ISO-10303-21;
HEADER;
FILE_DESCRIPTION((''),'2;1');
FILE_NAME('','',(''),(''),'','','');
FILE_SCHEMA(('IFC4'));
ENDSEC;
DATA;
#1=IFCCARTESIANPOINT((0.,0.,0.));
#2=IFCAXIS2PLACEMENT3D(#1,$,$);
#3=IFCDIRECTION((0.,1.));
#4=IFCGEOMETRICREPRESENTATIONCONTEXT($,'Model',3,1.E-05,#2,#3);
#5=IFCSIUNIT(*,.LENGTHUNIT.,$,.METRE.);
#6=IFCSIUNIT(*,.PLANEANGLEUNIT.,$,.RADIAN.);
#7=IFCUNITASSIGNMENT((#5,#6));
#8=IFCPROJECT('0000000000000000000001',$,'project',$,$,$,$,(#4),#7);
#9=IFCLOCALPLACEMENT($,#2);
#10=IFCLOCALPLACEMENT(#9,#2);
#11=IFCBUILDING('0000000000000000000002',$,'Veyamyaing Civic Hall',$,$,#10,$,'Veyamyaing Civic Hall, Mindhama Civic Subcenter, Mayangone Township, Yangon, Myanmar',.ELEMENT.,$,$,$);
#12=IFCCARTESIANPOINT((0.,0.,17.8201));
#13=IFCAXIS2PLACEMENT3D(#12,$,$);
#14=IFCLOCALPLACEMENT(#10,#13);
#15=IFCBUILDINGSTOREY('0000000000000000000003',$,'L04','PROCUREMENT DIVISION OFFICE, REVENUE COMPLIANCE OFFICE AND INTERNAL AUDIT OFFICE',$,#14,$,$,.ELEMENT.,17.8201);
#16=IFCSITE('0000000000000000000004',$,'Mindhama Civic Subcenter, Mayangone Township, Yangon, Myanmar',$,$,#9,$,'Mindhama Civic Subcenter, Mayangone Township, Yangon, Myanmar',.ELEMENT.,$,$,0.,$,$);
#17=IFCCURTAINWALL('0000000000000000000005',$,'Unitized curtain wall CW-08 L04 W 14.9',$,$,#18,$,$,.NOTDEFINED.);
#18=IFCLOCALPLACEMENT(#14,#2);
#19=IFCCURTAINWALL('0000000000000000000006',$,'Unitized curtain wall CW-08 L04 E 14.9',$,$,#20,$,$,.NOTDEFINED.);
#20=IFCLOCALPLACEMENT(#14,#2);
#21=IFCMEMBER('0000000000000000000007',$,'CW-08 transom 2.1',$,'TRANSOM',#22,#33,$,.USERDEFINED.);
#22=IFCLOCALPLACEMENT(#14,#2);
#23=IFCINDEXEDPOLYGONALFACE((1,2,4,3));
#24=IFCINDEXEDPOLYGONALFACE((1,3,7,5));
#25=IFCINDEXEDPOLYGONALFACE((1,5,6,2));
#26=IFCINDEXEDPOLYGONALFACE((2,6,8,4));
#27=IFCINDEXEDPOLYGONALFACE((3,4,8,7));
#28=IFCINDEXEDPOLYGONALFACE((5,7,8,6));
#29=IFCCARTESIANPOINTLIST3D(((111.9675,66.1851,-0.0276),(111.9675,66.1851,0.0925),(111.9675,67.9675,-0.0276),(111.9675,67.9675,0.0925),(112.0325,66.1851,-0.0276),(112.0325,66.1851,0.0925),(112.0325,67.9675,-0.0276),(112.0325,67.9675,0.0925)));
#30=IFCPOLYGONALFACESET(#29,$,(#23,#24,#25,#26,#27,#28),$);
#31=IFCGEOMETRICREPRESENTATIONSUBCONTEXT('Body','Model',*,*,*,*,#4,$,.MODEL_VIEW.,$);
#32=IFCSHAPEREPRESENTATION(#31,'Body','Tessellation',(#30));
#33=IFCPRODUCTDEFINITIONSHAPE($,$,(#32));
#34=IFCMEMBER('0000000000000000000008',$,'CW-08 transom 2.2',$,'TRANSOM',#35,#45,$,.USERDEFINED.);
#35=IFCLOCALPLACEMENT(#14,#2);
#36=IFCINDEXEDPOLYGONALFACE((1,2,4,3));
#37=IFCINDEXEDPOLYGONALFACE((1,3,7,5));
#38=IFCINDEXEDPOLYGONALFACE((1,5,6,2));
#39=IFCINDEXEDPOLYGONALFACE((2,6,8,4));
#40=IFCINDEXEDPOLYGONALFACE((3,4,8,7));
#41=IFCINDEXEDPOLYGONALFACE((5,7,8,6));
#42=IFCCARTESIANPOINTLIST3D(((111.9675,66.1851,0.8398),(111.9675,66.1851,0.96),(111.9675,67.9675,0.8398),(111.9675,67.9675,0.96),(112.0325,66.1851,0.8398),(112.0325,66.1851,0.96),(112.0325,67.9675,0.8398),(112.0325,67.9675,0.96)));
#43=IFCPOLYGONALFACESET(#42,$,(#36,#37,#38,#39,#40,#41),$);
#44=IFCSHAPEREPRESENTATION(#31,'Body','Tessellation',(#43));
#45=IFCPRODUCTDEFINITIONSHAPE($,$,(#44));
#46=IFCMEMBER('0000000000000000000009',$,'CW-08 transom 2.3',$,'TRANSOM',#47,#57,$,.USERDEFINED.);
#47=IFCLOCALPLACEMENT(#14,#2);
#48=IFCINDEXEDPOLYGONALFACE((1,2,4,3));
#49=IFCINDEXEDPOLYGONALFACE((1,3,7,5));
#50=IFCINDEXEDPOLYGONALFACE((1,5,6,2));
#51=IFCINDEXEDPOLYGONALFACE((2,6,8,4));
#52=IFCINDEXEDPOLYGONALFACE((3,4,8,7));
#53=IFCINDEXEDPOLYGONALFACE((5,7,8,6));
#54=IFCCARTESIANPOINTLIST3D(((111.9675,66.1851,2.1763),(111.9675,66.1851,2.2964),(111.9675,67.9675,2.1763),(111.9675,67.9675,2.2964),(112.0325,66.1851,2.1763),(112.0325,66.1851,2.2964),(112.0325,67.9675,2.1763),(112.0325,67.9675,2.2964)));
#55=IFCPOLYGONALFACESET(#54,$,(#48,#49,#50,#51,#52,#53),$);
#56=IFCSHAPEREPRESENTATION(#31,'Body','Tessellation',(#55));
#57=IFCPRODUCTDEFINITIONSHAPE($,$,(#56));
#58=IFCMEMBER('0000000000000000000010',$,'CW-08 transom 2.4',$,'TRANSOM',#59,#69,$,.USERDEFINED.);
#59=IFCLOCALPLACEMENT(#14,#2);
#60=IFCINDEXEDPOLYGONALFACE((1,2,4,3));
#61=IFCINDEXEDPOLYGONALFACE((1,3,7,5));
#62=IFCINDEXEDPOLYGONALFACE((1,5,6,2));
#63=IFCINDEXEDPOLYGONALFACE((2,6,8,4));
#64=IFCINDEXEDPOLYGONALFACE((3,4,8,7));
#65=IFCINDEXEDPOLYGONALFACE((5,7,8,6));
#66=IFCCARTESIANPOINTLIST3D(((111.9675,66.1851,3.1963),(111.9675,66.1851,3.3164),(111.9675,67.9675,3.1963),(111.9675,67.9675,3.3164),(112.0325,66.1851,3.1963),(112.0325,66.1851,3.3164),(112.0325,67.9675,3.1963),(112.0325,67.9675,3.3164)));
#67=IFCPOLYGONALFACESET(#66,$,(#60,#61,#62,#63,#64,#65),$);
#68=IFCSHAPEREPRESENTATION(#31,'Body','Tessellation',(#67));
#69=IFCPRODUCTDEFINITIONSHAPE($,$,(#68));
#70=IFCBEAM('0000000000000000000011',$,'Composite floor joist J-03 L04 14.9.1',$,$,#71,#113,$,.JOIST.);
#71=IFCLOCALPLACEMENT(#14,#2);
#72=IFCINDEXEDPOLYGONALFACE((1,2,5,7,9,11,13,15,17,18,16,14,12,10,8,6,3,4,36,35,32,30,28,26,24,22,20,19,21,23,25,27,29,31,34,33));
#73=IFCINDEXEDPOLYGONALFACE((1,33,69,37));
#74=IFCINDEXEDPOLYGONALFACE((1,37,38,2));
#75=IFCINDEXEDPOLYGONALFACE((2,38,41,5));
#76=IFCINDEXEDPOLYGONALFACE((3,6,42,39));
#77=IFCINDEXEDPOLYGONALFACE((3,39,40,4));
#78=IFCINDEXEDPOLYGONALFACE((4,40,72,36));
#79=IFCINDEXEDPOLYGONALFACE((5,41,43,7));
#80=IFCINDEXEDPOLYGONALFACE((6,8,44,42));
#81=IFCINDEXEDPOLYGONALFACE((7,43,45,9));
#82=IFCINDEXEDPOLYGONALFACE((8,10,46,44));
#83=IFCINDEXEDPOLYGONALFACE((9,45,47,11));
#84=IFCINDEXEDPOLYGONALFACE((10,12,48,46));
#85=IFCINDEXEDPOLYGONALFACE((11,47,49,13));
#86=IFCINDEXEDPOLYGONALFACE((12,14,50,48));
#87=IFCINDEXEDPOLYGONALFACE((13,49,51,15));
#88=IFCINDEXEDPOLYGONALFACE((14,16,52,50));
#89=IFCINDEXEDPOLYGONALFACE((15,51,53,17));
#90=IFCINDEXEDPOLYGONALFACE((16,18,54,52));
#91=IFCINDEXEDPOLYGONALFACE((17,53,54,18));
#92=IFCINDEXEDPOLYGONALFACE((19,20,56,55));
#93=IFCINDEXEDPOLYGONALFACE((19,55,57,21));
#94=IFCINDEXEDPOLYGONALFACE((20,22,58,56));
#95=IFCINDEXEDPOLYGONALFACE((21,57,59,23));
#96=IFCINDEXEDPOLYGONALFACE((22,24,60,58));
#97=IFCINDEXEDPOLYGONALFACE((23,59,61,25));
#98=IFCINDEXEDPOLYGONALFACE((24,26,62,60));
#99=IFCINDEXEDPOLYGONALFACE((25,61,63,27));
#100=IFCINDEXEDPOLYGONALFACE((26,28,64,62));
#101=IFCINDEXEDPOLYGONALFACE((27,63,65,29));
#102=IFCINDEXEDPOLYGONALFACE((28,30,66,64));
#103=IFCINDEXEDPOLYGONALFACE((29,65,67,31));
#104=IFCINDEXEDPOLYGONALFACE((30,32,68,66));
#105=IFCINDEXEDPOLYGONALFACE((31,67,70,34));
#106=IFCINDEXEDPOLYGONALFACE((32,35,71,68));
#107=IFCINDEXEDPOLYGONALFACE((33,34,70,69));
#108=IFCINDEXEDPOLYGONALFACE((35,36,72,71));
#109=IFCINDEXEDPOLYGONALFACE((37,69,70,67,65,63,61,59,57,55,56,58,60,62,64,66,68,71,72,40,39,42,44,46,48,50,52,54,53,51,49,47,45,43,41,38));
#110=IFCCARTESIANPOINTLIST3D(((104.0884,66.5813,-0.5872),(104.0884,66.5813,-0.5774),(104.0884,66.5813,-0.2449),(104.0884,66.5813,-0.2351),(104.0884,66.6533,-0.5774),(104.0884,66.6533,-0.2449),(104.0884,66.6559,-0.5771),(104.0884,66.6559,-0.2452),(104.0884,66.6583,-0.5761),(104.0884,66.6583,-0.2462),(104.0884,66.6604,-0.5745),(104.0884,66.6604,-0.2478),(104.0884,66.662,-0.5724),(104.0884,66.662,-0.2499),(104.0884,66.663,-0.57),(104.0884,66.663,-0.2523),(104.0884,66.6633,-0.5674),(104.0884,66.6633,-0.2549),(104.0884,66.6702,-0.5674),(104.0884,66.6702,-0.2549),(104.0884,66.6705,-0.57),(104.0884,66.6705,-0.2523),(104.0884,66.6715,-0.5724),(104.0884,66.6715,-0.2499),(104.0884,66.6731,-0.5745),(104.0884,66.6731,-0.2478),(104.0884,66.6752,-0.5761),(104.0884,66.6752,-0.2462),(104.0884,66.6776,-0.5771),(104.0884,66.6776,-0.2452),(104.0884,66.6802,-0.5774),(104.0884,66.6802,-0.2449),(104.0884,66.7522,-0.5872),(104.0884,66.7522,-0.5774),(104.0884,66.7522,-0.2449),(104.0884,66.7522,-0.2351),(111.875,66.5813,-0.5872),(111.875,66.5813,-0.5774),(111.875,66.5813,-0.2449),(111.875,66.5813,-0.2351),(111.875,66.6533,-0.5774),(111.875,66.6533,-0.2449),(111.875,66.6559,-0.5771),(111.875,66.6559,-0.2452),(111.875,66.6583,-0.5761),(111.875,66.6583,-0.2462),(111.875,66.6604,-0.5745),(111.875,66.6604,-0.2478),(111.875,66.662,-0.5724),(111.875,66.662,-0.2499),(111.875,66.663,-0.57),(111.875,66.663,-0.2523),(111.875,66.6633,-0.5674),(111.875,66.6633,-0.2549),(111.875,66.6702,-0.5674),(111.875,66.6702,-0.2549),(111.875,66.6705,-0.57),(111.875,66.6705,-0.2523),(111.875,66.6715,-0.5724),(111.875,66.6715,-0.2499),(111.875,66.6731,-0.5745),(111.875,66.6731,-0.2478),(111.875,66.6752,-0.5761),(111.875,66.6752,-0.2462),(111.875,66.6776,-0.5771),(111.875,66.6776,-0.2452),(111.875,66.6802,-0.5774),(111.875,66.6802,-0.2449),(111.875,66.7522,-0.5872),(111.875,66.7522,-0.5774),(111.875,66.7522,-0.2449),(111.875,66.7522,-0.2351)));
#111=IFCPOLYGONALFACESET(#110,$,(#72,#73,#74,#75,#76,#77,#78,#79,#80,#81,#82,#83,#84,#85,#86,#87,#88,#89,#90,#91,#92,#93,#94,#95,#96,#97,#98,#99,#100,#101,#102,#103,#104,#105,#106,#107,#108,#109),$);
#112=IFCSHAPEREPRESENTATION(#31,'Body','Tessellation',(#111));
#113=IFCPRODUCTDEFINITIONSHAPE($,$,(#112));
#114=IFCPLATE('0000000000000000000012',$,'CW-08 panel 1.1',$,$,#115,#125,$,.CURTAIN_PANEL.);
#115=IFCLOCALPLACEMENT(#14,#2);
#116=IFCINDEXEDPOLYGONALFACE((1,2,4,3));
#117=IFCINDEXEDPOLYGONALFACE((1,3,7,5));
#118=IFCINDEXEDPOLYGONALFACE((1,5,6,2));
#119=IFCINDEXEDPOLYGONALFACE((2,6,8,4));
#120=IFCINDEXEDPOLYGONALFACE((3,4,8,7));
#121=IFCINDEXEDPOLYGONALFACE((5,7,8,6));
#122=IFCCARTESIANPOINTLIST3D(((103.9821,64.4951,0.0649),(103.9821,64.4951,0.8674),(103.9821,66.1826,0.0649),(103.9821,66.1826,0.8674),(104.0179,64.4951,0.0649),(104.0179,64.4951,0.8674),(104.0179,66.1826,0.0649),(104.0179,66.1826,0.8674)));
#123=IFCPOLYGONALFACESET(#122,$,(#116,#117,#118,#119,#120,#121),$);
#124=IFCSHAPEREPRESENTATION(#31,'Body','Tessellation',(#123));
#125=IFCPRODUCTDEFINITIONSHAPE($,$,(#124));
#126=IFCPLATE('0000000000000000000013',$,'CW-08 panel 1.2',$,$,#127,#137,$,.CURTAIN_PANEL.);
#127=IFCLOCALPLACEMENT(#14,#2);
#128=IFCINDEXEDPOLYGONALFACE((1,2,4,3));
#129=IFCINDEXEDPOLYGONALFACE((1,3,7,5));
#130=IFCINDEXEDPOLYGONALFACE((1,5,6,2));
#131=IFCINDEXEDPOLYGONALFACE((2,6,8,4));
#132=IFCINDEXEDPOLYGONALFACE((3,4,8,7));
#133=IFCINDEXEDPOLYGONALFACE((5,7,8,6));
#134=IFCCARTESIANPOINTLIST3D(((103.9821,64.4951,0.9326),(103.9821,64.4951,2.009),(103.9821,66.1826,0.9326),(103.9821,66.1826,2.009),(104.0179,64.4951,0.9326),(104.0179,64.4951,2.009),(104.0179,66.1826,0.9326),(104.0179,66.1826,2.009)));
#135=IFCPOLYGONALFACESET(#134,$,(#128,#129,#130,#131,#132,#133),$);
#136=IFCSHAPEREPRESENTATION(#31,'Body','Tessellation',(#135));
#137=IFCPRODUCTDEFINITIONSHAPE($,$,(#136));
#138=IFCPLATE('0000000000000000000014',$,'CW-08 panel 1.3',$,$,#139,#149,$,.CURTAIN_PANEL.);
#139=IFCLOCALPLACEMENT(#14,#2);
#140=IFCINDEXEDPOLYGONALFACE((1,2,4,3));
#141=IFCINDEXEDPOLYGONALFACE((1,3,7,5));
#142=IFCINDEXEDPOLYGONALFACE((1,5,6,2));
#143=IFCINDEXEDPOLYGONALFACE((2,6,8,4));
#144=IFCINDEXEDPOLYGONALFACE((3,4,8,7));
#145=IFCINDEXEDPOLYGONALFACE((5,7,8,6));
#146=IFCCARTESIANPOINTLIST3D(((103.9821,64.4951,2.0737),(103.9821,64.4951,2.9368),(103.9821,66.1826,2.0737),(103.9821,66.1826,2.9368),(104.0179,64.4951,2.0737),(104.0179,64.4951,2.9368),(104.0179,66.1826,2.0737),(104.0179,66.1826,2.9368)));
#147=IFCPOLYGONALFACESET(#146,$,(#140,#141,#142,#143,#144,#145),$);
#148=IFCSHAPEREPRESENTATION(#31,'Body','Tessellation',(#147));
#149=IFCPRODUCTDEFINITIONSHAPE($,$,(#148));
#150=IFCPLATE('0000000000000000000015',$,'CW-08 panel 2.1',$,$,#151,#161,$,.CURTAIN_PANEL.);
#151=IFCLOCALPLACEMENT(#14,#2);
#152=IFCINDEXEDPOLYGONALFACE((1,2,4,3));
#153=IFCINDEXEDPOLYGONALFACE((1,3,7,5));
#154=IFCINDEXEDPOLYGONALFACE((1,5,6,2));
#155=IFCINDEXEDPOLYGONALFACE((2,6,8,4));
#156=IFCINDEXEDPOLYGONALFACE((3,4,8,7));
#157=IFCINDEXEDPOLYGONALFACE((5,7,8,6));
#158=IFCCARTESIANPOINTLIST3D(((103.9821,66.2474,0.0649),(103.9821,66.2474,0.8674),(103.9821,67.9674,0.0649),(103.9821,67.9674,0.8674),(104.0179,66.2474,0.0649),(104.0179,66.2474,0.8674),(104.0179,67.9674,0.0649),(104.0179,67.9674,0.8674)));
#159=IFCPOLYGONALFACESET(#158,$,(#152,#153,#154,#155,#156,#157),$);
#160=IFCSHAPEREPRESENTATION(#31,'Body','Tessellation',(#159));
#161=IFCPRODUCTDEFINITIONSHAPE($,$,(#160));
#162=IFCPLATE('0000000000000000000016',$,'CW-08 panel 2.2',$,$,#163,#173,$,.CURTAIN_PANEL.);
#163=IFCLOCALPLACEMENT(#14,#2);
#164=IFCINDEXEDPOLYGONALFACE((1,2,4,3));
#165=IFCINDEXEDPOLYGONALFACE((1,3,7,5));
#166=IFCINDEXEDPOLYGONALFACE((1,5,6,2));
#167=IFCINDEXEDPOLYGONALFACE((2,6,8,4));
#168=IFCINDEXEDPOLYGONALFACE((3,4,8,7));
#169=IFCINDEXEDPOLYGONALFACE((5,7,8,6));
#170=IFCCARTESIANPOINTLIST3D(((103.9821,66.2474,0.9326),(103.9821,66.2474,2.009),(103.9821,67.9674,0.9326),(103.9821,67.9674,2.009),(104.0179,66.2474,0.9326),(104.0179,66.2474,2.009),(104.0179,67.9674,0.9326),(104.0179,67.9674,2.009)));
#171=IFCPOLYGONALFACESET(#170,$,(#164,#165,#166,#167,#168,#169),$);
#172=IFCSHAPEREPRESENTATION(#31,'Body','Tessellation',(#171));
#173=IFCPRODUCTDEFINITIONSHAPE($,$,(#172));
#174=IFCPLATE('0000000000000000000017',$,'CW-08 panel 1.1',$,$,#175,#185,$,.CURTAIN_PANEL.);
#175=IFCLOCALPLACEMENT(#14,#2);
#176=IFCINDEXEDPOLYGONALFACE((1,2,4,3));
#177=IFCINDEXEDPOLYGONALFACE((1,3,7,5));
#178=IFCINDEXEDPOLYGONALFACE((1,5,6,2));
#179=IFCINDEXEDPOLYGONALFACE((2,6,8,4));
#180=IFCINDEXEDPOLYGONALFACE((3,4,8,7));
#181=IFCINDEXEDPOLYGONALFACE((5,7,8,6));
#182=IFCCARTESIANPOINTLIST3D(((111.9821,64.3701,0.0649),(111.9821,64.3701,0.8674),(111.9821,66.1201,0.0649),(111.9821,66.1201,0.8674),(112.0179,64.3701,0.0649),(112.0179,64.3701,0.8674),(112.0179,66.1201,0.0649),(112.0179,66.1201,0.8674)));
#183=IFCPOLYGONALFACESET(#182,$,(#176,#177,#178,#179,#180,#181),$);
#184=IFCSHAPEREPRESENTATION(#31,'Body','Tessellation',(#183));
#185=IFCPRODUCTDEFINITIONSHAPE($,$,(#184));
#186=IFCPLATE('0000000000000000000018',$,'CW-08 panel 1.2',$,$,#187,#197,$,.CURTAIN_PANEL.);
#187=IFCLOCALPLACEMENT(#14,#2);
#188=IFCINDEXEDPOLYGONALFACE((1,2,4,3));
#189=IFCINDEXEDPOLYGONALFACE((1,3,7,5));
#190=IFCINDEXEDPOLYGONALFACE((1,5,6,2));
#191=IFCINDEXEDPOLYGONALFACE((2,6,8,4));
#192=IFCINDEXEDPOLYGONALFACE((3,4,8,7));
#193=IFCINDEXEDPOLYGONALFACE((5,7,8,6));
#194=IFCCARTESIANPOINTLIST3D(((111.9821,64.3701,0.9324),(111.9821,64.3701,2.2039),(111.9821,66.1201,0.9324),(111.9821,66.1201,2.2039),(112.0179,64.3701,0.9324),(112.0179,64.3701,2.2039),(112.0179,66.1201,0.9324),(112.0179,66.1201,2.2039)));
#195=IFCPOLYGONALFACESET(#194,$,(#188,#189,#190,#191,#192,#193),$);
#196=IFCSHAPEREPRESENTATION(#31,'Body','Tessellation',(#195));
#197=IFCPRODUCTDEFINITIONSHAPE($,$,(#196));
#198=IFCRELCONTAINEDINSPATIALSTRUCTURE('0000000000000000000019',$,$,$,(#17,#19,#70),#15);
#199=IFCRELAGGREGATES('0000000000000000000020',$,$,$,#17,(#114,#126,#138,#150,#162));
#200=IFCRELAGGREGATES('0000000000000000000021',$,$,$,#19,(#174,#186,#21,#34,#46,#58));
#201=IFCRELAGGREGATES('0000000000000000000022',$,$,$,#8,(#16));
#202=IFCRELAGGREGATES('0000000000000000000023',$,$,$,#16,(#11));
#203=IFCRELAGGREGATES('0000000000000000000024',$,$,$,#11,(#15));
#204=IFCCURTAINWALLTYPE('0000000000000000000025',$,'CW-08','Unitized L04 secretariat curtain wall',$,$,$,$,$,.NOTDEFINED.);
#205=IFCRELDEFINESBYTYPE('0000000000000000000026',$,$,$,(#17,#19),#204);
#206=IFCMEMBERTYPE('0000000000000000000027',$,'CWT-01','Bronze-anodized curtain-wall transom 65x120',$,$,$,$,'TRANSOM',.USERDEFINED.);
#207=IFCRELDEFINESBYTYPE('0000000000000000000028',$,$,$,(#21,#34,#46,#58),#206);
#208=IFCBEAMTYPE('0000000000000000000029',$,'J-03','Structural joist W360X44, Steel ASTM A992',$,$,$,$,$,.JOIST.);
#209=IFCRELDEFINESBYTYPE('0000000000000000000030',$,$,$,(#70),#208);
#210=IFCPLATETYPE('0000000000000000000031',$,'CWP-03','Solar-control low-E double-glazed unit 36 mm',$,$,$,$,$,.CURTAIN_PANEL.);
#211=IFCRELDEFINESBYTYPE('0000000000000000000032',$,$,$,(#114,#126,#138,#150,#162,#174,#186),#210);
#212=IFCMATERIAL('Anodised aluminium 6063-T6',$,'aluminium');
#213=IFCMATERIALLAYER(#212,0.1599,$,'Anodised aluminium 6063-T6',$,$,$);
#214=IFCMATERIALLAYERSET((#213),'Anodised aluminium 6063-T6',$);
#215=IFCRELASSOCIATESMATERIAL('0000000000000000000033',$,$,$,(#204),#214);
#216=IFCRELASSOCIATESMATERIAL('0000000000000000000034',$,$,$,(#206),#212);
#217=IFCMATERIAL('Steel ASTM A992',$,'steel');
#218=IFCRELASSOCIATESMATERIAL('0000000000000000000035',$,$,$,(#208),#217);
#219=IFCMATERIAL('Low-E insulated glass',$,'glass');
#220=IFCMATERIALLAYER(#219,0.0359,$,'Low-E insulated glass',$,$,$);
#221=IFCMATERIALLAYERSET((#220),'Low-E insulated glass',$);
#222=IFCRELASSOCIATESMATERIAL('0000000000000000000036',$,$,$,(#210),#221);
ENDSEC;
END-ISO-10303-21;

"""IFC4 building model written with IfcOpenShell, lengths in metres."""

from ifc_helpers import new_model, si_unit, direction, frame, origin, origin_2d, place, context, subcontext, project, spatial, rectangle, i_section, extrude, material, layer, layer_set, material_profile, profile_set, type_object, element, aggregate, save


model = new_model("IFC4")

# Units and contexts
model_context = context("Model", 3, precision=1e-05, world=origin(), true_north=direction((0.0, 1.0)))
body_context = subcontext(model_context, "Body", "Model", "MODEL_VIEW")
ifc_project = project(units=[si_unit("LENGTHUNIT", "METRE"), si_unit("PLANEANGLEUNIT", "RADIAN")], contexts=[model_context])

# Site, building, storey
site_placement = place(None, origin())
site = spatial("IfcSite", under=ifc_project, at=site_placement, Name="Mindhama Civic Subcenter, Mayangone Township, Yangon, Myanmar", LongName="Mindhama Civic Subcenter, Mayangone Township, Yangon, Myanmar", CompositionType="ELEMENT", RefElevation=0.0)
building_placement = place(site_placement, origin())
building = spatial("IfcBuilding", under=site, at=building_placement, Name="Veyamyaing Civic Hall", LongName="Veyamyaing Civic Hall, Mindhama Civic Subcenter, Mayangone Township, Yangon, Myanmar", CompositionType="ELEMENT")
storey_placement = place(building_placement, frame((0.0, 0.0, 17.8201)))
storey = spatial("IfcBuildingStorey", under=building, at=storey_placement, Name="L04", Description="PROCUREMENT DIVISION OFFICE, REVENUE COMPLIANCE OFFICE AND INTERNAL AUDIT OFFICE", CompositionType="ELEMENT", Elevation=17.8201)

# Shared definitions
ifc_material_1 = material(Name="Steel ASTM A992", Category="steel")

# Curtain wall
ifc_material_2 = material(Name="Anodised aluminium 6063-T6", Category="aluminium")
ifc_layer_1 = layer(ifc_material_2, 0.1599, Name="Anodised aluminium 6063-T6")
ifc_layer_set_1 = layer_set([ifc_layer_1], Name="Anodised aluminium 6063-T6")
curtain_wall_type = type_object("IfcCurtainWallType", Name="CW-08", Description="Unitized L04 secretariat curtain wall", PredefinedType="NOTDEFINED", material=ifc_layer_set_1)
curtain_wall_1_placement = place(storey_placement, origin())
curtain_wall_1 = element("IfcCurtainWall", 1, at=curtain_wall_1_placement, inside=storey, type_object=curtain_wall_type, Name="Unitized curtain wall CW-08 L04 W 14.9", PredefinedType="NOTDEFINED")

# Curtain wall
curtain_wall_2_placement = place(storey_placement, origin())
curtain_wall_2 = element("IfcCurtainWall", 2, at=curtain_wall_2_placement, inside=storey, type_object=curtain_wall_type, Name="Unitized curtain wall CW-08 L04 E 14.9", PredefinedType="NOTDEFINED")

# Members
ifc_material_profile_1 = material_profile(ifc_material_2, rectangle(XDim=0.0649, YDim=0.1201, at=origin_2d()), Name="ALU-TRN-65X120")
ifc_profile_set_1 = profile_set([ifc_material_profile_1], Name="Anodised aluminium 6063-T6")
member_type_1 = type_object("IfcMemberType", Name="CWT-01", Description="Bronze-anodized curtain-wall transom 65x120", ElementType="TRANSOM", PredefinedType="USERDEFINED", material=ifc_profile_set_1)
member_1_placement = place(storey_placement, frame((112.0, 66.1851, 0.0325), z_axis=(0.0, 1.0, 0.0), x_axis=(-1.0, 0.0, 0.0)))
member_1 = element("IfcMember", 3, at=member_1_placement, type_object=member_type_1, Name="CW-08 transom 2.1", ObjectType="TRANSOM", PredefinedType="USERDEFINED", context=body_context, shape_type="SweptSolid", body=[
    extrude(rectangle(XDim=0.0649, YDim=0.1201, at=origin_2d()), origin(), (0.0, 0.0, 1.0), 1.7825),
])
member_2_placement = place(storey_placement, frame((112.0, 66.1851, 0.8999), z_axis=(0.0, 1.0, 0.0), x_axis=(-1.0, 0.0, 0.0)))
member_2 = element("IfcMember", 4, at=member_2_placement, type_object=member_type_1, Name="CW-08 transom 2.2", ObjectType="TRANSOM", PredefinedType="USERDEFINED", context=body_context, shape_type="SweptSolid", body=[
    extrude(rectangle(XDim=0.0649, YDim=0.1201, at=origin_2d()), origin(), (0.0, 0.0, 1.0), 1.7825),
])
member_3_placement = place(storey_placement, frame((112.0, 66.1851, 2.2363), z_axis=(0.0, 1.0, 0.0), x_axis=(-1.0, 0.0, 0.0)))
member_3 = element("IfcMember", 5, at=member_3_placement, type_object=member_type_1, Name="CW-08 transom 2.3", ObjectType="TRANSOM", PredefinedType="USERDEFINED", context=body_context, shape_type="SweptSolid", body=[
    extrude(rectangle(XDim=0.0649, YDim=0.1201, at=origin_2d()), origin(), (0.0, 0.0, 1.0), 1.7825),
])
member_4_placement = place(storey_placement, frame((112.0, 66.1851, 3.2563), z_axis=(0.0, 1.0, 0.0), x_axis=(-1.0, 0.0, 0.0)))
member_4 = element("IfcMember", 6, at=member_4_placement, type_object=member_type_1, Name="CW-08 transom 2.4", ObjectType="TRANSOM", PredefinedType="USERDEFINED", context=body_context, shape_type="SweptSolid", body=[
    extrude(rectangle(XDim=0.0649, YDim=0.1201, at=origin_2d()), origin(), (0.0, 0.0, 1.0), 1.7825),
])

# Beam
ifc_material_profile_2 = material_profile(ifc_material_1, i_section(OverallWidth=0.1709, OverallDepth=0.3521, WebThickness=0.0068, FlangeThickness=0.0098, FilletRadius=0.01, at=origin_2d()), Name="W360X44")
ifc_profile_set_2 = profile_set([ifc_material_profile_2], Name="Steel ASTM A992")
beam_type_1 = type_object("IfcBeamType", Name="J-03", Description="Structural joist W360X44, Steel ASTM A992", PredefinedType="JOIST", material=ifc_profile_set_2)
beam_1_placement = place(storey_placement, frame((104.0884, 66.6667, -0.4111), z_axis=(1.0, 0.0, 0.0), x_axis=(0.0, 1.0, 0.0)))
element("IfcBeam", 7, at=beam_1_placement, inside=storey, type_object=beam_type_1, Name="Composite floor joist J-03 L04 14.9.1", PredefinedType="JOIST", context=body_context, shape_type="SweptSolid", body=[
    extrude(i_section(OverallWidth=0.1709, OverallDepth=0.3521, WebThickness=0.0068, FlangeThickness=0.0098, FilletRadius=0.01, at=origin_2d()), origin(), (0.0, 0.0, 1.0), 7.7866),
])

# Plates
ifc_material_3 = material(Name="Low-E insulated glass", Category="glass")
ifc_layer_2 = layer(ifc_material_3, 0.0359, Name="Low-E insulated glass")
ifc_layer_set_2 = layer_set([ifc_layer_2], Name="Low-E insulated glass")
plate_type = type_object("IfcPlateType", Name="CWP-03", Description="Solar-control low-E double-glazed unit 36 mm", PredefinedType="CURTAIN_PANEL", material=ifc_layer_set_2)
plate_1_placement = place(storey_placement, frame((104.0, 65.3389, 0.0649), z_axis=(0.0, 0.0, 1.0), x_axis=(0.0, 1.0, 0.0)))
plate_1 = element("IfcPlate", 8, at=plate_1_placement, type_object=plate_type, Name="CW-08 panel 1.1", PredefinedType="CURTAIN_PANEL", context=body_context, shape_type="SweptSolid", body=[
    extrude(rectangle(XDim=1.6875, YDim=0.0359, at=origin_2d()), origin(), (0.0, 0.0, 1.0), 0.8025),
])
plate_2_placement = place(storey_placement, frame((104.0, 65.3389, 0.9326), z_axis=(0.0, 0.0, 1.0), x_axis=(0.0, 1.0, 0.0)))
plate_2 = element("IfcPlate", 9, at=plate_2_placement, type_object=plate_type, Name="CW-08 panel 1.2", PredefinedType="CURTAIN_PANEL", context=body_context, shape_type="SweptSolid", body=[
    extrude(rectangle(XDim=1.6875, YDim=0.0359, at=origin_2d()), origin(), (0.0, 0.0, 1.0), 1.0764),
])
plate_3_placement = place(storey_placement, frame((104.0, 65.3389, 2.0737), z_axis=(0.0, 0.0, 1.0), x_axis=(0.0, 1.0, 0.0)))
plate_3 = element("IfcPlate", 10, at=plate_3_placement, type_object=plate_type, Name="CW-08 panel 1.3", PredefinedType="CURTAIN_PANEL", context=body_context, shape_type="SweptSolid", body=[
    extrude(rectangle(XDim=1.6875, YDim=0.0359, at=origin_2d()), origin(), (0.0, 0.0, 1.0), 0.863),
])
plate_4_placement = place(storey_placement, frame((104.0, 67.1074, 0.0649), z_axis=(0.0, 0.0, 1.0), x_axis=(0.0, 1.0, 0.0)))
plate_4 = element("IfcPlate", 11, at=plate_4_placement, type_object=plate_type, Name="CW-08 panel 2.1", PredefinedType="CURTAIN_PANEL", context=body_context, shape_type="SweptSolid", body=[
    extrude(rectangle(XDim=1.72, YDim=0.0359, at=origin_2d()), origin(), (0.0, 0.0, 1.0), 0.8025),
])
plate_5_placement = place(storey_placement, frame((104.0, 67.1074, 0.9326), z_axis=(0.0, 0.0, 1.0), x_axis=(0.0, 1.0, 0.0)))
plate_5 = element("IfcPlate", 12, at=plate_5_placement, type_object=plate_type, Name="CW-08 panel 2.2", PredefinedType="CURTAIN_PANEL", context=body_context, shape_type="SweptSolid", body=[
    extrude(rectangle(XDim=1.72, YDim=0.0359, at=origin_2d()), origin(), (0.0, 0.0, 1.0), 1.0764),
])
aggregate(curtain_wall_1, [plate_1, plate_2, plate_3, plate_4, plate_5])
plate_6_placement = place(storey_placement, frame((112.0, 65.2451, 0.0649), z_axis=(0.0, 0.0, 1.0), x_axis=(0.0, 1.0, 0.0)))
plate_6 = element("IfcPlate", 13, at=plate_6_placement, type_object=plate_type, Name="CW-08 panel 1.1", PredefinedType="CURTAIN_PANEL", context=body_context, shape_type="SweptSolid", body=[
    extrude(rectangle(XDim=1.75, YDim=0.0359, at=origin_2d()), origin(), (0.0, 0.0, 1.0), 0.8025),
])
plate_7_placement = place(storey_placement, frame((112.0, 65.2451, 0.9324), z_axis=(0.0, 0.0, 1.0), x_axis=(0.0, 1.0, 0.0)))
plate_7 = element("IfcPlate", 14, at=plate_7_placement, type_object=plate_type, Name="CW-08 panel 1.2", PredefinedType="CURTAIN_PANEL", context=body_context, shape_type="SweptSolid", body=[
    extrude(rectangle(XDim=1.75, YDim=0.0359, at=origin_2d()), origin(), (0.0, 0.0, 1.0), 1.2715),
])
aggregate(curtain_wall_2, [plate_6, plate_7, member_1, member_2, member_3, member_4])

save(model, "model.ifc")
